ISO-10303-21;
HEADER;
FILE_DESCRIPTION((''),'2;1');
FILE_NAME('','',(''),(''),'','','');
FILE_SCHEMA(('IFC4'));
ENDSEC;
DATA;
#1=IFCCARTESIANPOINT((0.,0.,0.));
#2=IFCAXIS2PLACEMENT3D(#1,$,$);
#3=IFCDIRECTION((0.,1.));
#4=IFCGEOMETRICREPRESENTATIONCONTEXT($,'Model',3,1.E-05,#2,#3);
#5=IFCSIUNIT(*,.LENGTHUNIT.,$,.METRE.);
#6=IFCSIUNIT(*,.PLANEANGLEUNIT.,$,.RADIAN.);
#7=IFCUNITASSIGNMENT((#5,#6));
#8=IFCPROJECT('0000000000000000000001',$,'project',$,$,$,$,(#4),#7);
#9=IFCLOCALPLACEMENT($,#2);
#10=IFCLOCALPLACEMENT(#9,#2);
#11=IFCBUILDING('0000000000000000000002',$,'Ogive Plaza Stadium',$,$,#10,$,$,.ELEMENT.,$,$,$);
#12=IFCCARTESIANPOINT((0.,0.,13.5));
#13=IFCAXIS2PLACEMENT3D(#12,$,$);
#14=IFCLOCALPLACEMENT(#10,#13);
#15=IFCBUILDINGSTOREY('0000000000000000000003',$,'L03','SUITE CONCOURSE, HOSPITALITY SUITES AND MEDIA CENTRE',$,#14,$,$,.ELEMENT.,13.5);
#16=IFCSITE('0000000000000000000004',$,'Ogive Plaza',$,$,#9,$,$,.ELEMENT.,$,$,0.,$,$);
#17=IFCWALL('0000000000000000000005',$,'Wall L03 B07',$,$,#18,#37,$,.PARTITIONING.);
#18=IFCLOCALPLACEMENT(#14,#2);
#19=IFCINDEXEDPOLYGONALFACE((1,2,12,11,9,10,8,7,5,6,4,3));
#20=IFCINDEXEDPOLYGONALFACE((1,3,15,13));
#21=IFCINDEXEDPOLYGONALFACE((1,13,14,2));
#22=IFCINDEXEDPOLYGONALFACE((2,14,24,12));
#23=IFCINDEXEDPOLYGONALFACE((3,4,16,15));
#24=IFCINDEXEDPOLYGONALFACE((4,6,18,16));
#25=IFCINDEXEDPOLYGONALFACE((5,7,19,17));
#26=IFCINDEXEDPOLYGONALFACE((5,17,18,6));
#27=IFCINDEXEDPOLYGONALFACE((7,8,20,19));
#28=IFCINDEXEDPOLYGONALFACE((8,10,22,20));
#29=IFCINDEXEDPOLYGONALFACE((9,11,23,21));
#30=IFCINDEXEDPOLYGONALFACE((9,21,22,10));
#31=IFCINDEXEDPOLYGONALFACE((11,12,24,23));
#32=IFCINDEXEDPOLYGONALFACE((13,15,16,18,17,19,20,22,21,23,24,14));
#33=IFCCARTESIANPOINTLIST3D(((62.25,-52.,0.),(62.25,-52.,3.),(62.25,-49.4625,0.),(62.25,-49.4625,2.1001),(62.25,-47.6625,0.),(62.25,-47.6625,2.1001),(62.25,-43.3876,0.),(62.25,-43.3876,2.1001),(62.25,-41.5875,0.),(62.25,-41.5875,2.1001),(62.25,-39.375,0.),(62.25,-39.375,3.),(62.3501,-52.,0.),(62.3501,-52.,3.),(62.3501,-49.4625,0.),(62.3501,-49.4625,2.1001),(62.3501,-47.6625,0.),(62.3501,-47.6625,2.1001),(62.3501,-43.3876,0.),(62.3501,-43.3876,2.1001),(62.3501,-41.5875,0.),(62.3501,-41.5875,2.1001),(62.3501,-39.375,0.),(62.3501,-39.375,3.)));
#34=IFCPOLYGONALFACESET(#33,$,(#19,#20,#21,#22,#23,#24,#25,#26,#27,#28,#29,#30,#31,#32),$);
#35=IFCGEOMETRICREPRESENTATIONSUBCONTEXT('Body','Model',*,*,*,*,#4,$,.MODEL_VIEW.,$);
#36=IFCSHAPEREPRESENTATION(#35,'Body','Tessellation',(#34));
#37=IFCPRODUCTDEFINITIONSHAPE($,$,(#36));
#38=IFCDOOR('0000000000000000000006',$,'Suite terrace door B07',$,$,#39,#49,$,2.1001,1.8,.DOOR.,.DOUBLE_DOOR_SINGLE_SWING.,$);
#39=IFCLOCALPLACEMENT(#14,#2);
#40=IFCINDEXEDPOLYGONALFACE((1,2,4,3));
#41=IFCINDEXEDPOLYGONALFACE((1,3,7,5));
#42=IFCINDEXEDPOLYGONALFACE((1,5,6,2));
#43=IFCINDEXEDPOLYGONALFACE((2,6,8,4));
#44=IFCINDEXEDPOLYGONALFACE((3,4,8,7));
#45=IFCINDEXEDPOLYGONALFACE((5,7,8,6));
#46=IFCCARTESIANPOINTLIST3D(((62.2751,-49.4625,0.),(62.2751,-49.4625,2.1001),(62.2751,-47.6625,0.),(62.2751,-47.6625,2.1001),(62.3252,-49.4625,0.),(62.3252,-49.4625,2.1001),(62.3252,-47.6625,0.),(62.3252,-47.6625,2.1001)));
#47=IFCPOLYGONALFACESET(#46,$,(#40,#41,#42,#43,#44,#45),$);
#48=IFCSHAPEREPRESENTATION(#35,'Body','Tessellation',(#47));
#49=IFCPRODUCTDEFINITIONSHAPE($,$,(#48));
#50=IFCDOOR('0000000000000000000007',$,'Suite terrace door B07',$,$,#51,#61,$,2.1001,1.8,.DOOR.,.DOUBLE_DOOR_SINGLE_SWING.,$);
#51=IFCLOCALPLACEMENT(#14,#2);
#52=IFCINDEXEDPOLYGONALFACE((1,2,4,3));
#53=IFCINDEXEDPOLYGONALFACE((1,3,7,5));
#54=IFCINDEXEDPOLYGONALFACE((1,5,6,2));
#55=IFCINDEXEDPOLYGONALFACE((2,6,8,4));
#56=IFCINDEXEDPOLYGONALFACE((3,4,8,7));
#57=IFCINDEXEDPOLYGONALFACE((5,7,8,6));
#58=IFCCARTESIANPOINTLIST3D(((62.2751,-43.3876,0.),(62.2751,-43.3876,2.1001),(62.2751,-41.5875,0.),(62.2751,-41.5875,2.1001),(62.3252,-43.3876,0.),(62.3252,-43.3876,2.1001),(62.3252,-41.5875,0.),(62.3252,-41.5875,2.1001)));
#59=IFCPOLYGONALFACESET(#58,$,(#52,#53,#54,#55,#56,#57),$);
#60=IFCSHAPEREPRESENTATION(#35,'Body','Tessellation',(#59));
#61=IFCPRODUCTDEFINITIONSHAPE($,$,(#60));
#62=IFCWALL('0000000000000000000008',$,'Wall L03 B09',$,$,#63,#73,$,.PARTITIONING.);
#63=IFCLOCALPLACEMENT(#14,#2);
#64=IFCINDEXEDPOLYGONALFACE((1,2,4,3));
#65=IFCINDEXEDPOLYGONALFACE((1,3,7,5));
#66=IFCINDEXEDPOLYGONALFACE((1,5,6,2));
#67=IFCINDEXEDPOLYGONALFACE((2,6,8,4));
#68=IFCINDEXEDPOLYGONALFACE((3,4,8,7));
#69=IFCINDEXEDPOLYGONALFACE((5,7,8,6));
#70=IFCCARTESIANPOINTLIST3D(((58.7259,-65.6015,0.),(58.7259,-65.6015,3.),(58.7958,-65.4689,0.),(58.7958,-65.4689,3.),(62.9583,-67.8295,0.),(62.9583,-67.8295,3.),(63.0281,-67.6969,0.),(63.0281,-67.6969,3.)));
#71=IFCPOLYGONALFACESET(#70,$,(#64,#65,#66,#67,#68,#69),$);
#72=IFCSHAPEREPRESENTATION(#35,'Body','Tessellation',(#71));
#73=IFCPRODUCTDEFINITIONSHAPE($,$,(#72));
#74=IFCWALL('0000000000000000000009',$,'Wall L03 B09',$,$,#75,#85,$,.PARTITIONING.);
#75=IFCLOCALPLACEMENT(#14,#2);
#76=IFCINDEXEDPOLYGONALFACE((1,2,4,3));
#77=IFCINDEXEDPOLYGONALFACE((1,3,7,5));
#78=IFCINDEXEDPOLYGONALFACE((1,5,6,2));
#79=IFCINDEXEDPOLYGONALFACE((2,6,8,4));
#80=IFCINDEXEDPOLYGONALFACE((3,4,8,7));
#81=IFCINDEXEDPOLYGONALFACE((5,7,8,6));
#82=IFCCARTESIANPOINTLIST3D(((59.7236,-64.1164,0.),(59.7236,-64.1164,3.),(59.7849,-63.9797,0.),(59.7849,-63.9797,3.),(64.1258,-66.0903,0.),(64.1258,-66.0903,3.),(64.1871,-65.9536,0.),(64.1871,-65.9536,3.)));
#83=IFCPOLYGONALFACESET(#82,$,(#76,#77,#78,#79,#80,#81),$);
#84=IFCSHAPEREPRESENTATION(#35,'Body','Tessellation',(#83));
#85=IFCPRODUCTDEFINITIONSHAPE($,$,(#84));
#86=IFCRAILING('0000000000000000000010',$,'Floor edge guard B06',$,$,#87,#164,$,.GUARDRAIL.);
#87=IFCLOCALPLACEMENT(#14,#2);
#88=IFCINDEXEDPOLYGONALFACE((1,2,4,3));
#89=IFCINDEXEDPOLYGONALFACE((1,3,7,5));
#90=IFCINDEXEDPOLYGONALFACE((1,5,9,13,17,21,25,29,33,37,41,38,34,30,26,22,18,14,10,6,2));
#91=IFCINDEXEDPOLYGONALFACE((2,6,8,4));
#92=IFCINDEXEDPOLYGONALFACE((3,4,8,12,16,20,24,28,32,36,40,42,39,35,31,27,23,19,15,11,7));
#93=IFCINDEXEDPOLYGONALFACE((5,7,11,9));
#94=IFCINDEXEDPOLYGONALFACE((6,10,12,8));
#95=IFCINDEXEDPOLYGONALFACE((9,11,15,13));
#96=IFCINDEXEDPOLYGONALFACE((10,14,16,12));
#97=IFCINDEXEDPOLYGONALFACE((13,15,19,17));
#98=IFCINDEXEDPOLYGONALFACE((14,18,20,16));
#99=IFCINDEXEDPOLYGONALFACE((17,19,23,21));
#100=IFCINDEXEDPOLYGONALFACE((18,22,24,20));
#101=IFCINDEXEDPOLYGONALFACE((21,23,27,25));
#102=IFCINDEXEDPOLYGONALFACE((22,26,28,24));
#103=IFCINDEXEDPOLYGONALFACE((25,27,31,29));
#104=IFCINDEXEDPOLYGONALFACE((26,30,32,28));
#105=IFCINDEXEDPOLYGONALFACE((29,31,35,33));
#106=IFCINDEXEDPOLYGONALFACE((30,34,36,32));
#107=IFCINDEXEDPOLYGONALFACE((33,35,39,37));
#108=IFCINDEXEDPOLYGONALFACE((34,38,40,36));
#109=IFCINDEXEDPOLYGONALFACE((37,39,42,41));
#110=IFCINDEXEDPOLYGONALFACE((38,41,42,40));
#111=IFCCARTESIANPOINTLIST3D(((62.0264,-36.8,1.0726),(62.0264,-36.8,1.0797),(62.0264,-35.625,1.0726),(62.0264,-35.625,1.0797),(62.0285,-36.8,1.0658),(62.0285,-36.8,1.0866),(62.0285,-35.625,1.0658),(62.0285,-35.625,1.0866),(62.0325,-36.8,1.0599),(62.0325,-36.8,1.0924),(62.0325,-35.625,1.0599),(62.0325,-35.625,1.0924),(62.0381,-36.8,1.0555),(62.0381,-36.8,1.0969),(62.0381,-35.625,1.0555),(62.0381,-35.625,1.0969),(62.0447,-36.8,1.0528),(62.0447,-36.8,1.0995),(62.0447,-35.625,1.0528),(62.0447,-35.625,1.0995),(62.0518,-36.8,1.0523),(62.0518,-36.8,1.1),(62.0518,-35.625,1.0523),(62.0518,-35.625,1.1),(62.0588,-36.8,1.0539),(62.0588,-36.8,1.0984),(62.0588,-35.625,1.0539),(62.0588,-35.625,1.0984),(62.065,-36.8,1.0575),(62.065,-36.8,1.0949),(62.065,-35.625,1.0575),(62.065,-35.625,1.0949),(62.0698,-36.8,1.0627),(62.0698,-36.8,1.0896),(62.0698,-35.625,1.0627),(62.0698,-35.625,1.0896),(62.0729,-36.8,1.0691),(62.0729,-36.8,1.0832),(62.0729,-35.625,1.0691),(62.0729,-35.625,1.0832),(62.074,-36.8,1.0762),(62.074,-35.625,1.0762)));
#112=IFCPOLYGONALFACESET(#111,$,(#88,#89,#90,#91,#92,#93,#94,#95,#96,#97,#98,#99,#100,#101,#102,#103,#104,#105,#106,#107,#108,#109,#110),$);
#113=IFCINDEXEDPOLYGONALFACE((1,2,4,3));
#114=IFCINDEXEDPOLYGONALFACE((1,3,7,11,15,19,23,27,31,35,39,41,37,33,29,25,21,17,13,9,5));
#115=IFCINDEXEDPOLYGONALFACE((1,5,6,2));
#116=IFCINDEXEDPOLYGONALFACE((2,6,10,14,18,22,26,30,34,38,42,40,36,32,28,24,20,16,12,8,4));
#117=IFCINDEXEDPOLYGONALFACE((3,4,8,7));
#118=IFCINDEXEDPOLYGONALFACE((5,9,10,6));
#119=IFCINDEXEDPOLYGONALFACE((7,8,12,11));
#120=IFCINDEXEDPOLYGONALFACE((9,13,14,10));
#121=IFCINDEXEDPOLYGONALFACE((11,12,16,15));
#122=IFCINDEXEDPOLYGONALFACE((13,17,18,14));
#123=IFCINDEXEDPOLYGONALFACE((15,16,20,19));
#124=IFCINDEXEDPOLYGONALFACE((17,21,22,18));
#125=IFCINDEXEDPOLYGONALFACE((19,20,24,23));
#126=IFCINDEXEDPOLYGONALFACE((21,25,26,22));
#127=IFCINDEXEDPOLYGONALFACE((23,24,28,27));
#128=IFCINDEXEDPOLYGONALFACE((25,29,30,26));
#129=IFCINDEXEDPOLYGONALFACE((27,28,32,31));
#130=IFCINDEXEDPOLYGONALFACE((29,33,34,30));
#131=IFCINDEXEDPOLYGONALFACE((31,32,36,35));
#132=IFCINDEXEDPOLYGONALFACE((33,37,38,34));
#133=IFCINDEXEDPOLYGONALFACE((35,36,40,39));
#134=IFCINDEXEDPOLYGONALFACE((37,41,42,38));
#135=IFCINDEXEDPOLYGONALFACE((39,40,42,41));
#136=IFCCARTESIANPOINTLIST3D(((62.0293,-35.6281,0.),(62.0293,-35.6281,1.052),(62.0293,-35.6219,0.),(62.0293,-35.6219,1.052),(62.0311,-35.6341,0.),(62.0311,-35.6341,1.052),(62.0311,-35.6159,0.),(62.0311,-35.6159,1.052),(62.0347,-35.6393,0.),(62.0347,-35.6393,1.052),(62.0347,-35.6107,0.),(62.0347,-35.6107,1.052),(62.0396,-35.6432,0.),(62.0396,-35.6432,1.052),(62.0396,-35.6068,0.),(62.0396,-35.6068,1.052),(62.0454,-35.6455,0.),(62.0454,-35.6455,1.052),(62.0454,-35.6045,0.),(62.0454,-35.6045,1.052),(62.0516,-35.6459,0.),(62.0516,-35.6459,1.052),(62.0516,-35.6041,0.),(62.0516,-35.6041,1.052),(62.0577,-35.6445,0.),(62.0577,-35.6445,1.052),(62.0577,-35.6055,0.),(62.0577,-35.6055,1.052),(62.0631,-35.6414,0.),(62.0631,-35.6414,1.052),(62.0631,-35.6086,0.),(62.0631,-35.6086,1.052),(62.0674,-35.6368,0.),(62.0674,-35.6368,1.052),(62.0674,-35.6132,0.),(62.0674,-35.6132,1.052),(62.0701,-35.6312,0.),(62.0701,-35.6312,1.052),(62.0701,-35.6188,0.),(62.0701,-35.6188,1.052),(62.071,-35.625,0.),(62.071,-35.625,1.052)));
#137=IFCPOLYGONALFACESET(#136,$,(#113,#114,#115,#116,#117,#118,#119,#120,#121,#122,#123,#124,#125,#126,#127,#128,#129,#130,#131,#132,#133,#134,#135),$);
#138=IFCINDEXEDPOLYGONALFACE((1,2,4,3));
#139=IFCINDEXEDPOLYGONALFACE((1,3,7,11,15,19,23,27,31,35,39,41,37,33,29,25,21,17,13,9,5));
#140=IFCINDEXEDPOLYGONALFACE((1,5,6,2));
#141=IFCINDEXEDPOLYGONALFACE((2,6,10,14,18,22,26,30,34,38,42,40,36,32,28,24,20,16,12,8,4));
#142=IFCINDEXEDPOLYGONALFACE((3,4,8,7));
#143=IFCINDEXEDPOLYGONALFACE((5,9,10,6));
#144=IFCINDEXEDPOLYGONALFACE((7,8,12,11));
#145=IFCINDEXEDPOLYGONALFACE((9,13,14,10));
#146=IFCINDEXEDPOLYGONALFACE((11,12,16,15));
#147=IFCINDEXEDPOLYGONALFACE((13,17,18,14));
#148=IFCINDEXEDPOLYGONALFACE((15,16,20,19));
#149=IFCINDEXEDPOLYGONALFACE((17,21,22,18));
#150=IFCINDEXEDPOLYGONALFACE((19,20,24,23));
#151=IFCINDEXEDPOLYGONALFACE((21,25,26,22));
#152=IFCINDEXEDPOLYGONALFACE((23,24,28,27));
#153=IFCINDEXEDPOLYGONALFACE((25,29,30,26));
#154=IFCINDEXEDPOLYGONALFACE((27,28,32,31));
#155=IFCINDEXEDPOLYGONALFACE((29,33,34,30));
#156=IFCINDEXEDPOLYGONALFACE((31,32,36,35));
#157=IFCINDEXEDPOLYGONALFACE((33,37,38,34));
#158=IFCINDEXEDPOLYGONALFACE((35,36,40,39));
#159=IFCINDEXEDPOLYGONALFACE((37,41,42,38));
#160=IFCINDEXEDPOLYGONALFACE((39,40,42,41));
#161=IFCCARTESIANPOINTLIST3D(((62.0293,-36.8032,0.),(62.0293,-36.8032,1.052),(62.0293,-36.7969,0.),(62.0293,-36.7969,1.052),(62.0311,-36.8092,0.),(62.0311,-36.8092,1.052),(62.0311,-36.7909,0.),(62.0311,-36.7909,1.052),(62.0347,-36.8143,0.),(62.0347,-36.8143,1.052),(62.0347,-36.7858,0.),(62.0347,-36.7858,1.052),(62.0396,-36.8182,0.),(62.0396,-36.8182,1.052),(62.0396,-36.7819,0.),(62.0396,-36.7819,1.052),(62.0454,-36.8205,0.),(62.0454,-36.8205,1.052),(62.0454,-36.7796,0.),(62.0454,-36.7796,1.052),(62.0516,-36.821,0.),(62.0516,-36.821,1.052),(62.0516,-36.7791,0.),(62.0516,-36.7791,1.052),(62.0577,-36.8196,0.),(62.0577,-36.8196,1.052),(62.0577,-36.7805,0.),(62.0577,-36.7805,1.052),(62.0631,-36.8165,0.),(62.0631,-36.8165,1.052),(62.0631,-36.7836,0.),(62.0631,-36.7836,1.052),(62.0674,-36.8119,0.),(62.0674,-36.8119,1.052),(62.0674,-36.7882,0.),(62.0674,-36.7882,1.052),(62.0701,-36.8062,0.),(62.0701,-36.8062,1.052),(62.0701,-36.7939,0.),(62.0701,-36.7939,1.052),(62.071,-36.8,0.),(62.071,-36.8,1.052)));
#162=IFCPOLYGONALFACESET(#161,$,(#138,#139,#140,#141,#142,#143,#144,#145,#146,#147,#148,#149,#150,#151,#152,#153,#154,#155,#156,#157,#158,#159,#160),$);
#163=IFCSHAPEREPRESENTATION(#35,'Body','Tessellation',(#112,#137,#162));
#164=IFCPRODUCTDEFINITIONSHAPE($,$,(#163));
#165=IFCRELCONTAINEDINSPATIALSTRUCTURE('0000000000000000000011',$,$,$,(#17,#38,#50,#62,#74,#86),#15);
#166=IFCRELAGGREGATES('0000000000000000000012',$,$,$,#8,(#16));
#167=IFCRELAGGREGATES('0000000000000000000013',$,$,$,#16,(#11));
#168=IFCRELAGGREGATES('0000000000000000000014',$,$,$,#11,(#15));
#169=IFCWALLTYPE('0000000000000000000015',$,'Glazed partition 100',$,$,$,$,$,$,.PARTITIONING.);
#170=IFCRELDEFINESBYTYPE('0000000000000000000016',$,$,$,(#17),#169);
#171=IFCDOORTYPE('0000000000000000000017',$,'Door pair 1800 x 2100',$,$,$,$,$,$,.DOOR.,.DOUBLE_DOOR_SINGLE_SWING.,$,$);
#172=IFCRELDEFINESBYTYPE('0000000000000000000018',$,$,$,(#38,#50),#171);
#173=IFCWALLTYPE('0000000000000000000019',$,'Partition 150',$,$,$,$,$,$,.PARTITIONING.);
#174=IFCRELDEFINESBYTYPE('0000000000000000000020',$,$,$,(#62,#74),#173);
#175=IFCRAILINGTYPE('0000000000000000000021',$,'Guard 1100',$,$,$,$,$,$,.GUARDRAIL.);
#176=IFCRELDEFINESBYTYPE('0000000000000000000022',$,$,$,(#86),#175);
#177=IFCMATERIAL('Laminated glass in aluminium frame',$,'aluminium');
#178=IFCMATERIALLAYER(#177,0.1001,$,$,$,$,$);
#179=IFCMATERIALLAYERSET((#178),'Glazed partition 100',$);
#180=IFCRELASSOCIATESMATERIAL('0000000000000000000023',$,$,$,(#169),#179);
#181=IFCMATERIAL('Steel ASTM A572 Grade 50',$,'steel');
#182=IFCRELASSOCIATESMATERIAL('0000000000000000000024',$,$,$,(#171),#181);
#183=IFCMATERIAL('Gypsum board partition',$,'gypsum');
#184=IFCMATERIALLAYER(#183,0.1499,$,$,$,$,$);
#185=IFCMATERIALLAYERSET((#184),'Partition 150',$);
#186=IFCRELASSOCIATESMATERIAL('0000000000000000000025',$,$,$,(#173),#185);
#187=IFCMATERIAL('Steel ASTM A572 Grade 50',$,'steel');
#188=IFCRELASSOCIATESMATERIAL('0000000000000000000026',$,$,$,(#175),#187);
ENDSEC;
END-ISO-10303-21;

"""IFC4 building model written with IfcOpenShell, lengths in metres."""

from ifc_helpers import new_model, si_unit, direction, frame, frame_2d, origin, origin_2d, place, context, subcontext, project, spatial, rectangle, circle, extrude, material, layer, layer_set, type_object, element, fill, save


model = new_model("IFC4")

# Units and contexts
model_context = context("Model", 3, precision=1e-05, world=origin(), true_north=direction((0.0, 1.0)))
body_context = subcontext(model_context, "Body", "Model", "MODEL_VIEW")
ifc_project = project(units=[si_unit("LENGTHUNIT", "METRE"), si_unit("PLANEANGLEUNIT", "RADIAN")], contexts=[model_context])

# Site, building, storey
site_placement = place(None, origin())
site = spatial("IfcSite", under=ifc_project, at=site_placement, Name="Ogive Plaza", CompositionType="ELEMENT", RefElevation=0.0)
building_placement = place(site_placement, origin())
building = spatial("IfcBuilding", under=site, at=building_placement, Name="Ogive Plaza Stadium", CompositionType="ELEMENT")
storey_placement = place(building_placement, frame((0.0, 0.0, 13.5)))
storey = spatial("IfcBuildingStorey", under=building, at=storey_placement, Name="L03", Description="SUITE CONCOURSE, HOSPITALITY SUITES AND MEDIA CENTRE", CompositionType="ELEMENT", Elevation=13.5)

# Wall, openings, doors
ifc_material_1 = material(Name="Laminated glass in aluminium frame", Category="aluminium")
ifc_layer_1 = layer(ifc_material_1, 0.1001)
ifc_layer_set_1 = layer_set([ifc_layer_1], Name="Glazed partition 100")
wall_type_1 = type_object("IfcWallType", Name="Glazed partition 100", PredefinedType="PARTITIONING", material=ifc_layer_set_1)
wall_1_placement = place(storey_placement, frame((62.3, -52.0, 0.0), z_axis=(0.0, 0.0, 1.0), x_axis=(0.0, 1.0, 0.0)))
wall_1 = element("IfcWall", 1, at=wall_1_placement, inside=storey, type_object=wall_type_1, Name="Wall L03 B07", PredefinedType="PARTITIONING", context=body_context, shape_type="SweptSolid", body=[
    extrude(rectangle(XDim=12.625, YDim=0.1001, at=frame_2d((6.3125, 0.0))), origin(), (0.0, 0.0, 1.0), 3.0),
])
opening_1_placement = place(wall_1_placement, frame((2.5376, 0.0, 0.0)))
opening_1 = element("IfcOpeningElement", 2, at=opening_1_placement, cuts=wall_1, PredefinedType="OPENING", context=body_context, shape_type="SweptSolid", body=[
    extrude(rectangle(XDim=1.8, YDim=2.1001, at=frame_2d((0.8999, 1.05))), frame((0.0, 0.05, 0.0), z_axis=(0.0, -1.0, 0.0), x_axis=(1.0, 0.0, 0.0)), (0.0, 0.0, 1.0), 0.1001),
])
opening_2_placement = place(wall_1_placement, frame((8.6125, 0.0, 0.0)))
opening_2 = element("IfcOpeningElement", 3, at=opening_2_placement, cuts=wall_1, PredefinedType="OPENING", context=body_context, shape_type="SweptSolid", body=[
    extrude(rectangle(XDim=1.8, YDim=2.1001, at=frame_2d((0.8999, 1.05))), frame((0.0, 0.05, 0.0), z_axis=(0.0, -1.0, 0.0), x_axis=(1.0, 0.0, 0.0)), (0.0, 0.0, 1.0), 0.1001),
])
ifc_material_2 = material(Name="Steel ASTM A572 Grade 50", Category="steel")
door_type = type_object("IfcDoorType", Name="Door pair 1800 x 2100", OperationType="DOUBLE_DOOR_SINGLE_SWING", PredefinedType="DOOR", material=ifc_material_2)
door_1_placement = place(opening_1_placement, origin())
door_1 = element("IfcDoor", 4, at=door_1_placement, inside=storey, type_object=door_type, Name="Suite terrace door B07", OperationType="DOUBLE_DOOR_SINGLE_SWING", OverallHeight=2.1001, OverallWidth=1.8, PredefinedType="DOOR", context=body_context, shape_type="SweptSolid", body=[
    extrude(rectangle(XDim=1.8, YDim=2.1001, at=frame_2d((0.8999, 1.05))), frame((0.0, 0.0249, 0.0), z_axis=(0.0, -1.0, 0.0), x_axis=(1.0, 0.0, 0.0)), (0.0, 0.0, 1.0), 0.05),
])
fill(opening_1, door_1)
door_2_placement = place(opening_2_placement, origin())
door_2 = element("IfcDoor", 5, at=door_2_placement, inside=storey, type_object=door_type, Name="Suite terrace door B07", OperationType="DOUBLE_DOOR_SINGLE_SWING", OverallHeight=2.1001, OverallWidth=1.8, PredefinedType="DOOR", context=body_context, shape_type="SweptSolid", body=[
    extrude(rectangle(XDim=1.8, YDim=2.1001, at=frame_2d((0.8999, 1.05))), frame((0.0, 0.0249, 0.0), z_axis=(0.0, -1.0, 0.0), x_axis=(1.0, 0.0, 0.0)), (0.0, 0.0, 1.0), 0.05),
])
fill(opening_2, door_2)

# Walls
ifc_material_3 = material(Name="Gypsum board partition", Category="gypsum")
ifc_layer_2 = layer(ifc_material_3, 0.1499)
ifc_layer_set_2 = layer_set([ifc_layer_2], Name="Partition 150")
wall_type_2 = type_object("IfcWallType", Name="Partition 150", PredefinedType="PARTITIONING", material=ifc_layer_set_2)
wall_2_placement = place(storey_placement, frame((58.7607, -65.5352, 0.0), z_axis=(0.0, 0.0, 1.0), x_axis=(0.884881, -0.465818, 0.0)))
element("IfcWall", 6, at=wall_2_placement, inside=storey, type_object=wall_type_2, Name="Wall L03 B09", PredefinedType="PARTITIONING", context=body_context, shape_type="SweptSolid", body=[
    extrude(rectangle(XDim=4.783, YDim=0.1499, at=frame_2d((2.3916, 0.0))), origin(), (0.0, 0.0, 1.0), 3.0),
])
wall_3_placement = place(storey_placement, frame((59.7544, -64.0481, 0.0), z_axis=(0.0, 0.0, 1.0), x_axis=(0.912469, -0.409146, 0.0)))
element("IfcWall", 7, at=wall_3_placement, inside=storey, type_object=wall_type_2, Name="Wall L03 B09", PredefinedType="PARTITIONING", context=body_context, shape_type="SweptSolid", body=[
    extrude(rectangle(XDim=4.8245, YDim=0.1499, at=frame_2d((2.4121, 0.0))), origin(), (0.0, 0.0, 1.0), 3.0),
])

# Railing
ifc_material_4 = material(Name="Steel ASTM A572 Grade 50", Category="steel")
railing_type = type_object("IfcRailingType", Name="Guard 1100", PredefinedType="GUARDRAIL", material=ifc_material_4)
railing_1_placement = place(storey_placement, frame((62.05, -35.625, 0.0)))
element("IfcRailing", 8, at=railing_1_placement, inside=storey, type_object=railing_type, Name="Floor edge guard B06", PredefinedType="GUARDRAIL", context=body_context, shape_type="SweptSolid", body=[
    extrude(circle(Radius=0.0239, at=origin_2d()), frame((0.0, 0.0, 1.0762), z_axis=(0.0, -1.0, 0.0), x_axis=(1.0, 0.0, 0.0)), (0.0, 0.0, 1.0), 1.175),
    extrude(circle(Radius=0.021, at=origin_2d()), origin(), (0.0, 0.0, 1.0), 1.052),
    extrude(circle(Radius=0.021, at=origin_2d()), frame((0.0, -1.175, 0.0)), (0.0, 0.0, 1.0), 1.052),
])

save(model, "model.ifc")
